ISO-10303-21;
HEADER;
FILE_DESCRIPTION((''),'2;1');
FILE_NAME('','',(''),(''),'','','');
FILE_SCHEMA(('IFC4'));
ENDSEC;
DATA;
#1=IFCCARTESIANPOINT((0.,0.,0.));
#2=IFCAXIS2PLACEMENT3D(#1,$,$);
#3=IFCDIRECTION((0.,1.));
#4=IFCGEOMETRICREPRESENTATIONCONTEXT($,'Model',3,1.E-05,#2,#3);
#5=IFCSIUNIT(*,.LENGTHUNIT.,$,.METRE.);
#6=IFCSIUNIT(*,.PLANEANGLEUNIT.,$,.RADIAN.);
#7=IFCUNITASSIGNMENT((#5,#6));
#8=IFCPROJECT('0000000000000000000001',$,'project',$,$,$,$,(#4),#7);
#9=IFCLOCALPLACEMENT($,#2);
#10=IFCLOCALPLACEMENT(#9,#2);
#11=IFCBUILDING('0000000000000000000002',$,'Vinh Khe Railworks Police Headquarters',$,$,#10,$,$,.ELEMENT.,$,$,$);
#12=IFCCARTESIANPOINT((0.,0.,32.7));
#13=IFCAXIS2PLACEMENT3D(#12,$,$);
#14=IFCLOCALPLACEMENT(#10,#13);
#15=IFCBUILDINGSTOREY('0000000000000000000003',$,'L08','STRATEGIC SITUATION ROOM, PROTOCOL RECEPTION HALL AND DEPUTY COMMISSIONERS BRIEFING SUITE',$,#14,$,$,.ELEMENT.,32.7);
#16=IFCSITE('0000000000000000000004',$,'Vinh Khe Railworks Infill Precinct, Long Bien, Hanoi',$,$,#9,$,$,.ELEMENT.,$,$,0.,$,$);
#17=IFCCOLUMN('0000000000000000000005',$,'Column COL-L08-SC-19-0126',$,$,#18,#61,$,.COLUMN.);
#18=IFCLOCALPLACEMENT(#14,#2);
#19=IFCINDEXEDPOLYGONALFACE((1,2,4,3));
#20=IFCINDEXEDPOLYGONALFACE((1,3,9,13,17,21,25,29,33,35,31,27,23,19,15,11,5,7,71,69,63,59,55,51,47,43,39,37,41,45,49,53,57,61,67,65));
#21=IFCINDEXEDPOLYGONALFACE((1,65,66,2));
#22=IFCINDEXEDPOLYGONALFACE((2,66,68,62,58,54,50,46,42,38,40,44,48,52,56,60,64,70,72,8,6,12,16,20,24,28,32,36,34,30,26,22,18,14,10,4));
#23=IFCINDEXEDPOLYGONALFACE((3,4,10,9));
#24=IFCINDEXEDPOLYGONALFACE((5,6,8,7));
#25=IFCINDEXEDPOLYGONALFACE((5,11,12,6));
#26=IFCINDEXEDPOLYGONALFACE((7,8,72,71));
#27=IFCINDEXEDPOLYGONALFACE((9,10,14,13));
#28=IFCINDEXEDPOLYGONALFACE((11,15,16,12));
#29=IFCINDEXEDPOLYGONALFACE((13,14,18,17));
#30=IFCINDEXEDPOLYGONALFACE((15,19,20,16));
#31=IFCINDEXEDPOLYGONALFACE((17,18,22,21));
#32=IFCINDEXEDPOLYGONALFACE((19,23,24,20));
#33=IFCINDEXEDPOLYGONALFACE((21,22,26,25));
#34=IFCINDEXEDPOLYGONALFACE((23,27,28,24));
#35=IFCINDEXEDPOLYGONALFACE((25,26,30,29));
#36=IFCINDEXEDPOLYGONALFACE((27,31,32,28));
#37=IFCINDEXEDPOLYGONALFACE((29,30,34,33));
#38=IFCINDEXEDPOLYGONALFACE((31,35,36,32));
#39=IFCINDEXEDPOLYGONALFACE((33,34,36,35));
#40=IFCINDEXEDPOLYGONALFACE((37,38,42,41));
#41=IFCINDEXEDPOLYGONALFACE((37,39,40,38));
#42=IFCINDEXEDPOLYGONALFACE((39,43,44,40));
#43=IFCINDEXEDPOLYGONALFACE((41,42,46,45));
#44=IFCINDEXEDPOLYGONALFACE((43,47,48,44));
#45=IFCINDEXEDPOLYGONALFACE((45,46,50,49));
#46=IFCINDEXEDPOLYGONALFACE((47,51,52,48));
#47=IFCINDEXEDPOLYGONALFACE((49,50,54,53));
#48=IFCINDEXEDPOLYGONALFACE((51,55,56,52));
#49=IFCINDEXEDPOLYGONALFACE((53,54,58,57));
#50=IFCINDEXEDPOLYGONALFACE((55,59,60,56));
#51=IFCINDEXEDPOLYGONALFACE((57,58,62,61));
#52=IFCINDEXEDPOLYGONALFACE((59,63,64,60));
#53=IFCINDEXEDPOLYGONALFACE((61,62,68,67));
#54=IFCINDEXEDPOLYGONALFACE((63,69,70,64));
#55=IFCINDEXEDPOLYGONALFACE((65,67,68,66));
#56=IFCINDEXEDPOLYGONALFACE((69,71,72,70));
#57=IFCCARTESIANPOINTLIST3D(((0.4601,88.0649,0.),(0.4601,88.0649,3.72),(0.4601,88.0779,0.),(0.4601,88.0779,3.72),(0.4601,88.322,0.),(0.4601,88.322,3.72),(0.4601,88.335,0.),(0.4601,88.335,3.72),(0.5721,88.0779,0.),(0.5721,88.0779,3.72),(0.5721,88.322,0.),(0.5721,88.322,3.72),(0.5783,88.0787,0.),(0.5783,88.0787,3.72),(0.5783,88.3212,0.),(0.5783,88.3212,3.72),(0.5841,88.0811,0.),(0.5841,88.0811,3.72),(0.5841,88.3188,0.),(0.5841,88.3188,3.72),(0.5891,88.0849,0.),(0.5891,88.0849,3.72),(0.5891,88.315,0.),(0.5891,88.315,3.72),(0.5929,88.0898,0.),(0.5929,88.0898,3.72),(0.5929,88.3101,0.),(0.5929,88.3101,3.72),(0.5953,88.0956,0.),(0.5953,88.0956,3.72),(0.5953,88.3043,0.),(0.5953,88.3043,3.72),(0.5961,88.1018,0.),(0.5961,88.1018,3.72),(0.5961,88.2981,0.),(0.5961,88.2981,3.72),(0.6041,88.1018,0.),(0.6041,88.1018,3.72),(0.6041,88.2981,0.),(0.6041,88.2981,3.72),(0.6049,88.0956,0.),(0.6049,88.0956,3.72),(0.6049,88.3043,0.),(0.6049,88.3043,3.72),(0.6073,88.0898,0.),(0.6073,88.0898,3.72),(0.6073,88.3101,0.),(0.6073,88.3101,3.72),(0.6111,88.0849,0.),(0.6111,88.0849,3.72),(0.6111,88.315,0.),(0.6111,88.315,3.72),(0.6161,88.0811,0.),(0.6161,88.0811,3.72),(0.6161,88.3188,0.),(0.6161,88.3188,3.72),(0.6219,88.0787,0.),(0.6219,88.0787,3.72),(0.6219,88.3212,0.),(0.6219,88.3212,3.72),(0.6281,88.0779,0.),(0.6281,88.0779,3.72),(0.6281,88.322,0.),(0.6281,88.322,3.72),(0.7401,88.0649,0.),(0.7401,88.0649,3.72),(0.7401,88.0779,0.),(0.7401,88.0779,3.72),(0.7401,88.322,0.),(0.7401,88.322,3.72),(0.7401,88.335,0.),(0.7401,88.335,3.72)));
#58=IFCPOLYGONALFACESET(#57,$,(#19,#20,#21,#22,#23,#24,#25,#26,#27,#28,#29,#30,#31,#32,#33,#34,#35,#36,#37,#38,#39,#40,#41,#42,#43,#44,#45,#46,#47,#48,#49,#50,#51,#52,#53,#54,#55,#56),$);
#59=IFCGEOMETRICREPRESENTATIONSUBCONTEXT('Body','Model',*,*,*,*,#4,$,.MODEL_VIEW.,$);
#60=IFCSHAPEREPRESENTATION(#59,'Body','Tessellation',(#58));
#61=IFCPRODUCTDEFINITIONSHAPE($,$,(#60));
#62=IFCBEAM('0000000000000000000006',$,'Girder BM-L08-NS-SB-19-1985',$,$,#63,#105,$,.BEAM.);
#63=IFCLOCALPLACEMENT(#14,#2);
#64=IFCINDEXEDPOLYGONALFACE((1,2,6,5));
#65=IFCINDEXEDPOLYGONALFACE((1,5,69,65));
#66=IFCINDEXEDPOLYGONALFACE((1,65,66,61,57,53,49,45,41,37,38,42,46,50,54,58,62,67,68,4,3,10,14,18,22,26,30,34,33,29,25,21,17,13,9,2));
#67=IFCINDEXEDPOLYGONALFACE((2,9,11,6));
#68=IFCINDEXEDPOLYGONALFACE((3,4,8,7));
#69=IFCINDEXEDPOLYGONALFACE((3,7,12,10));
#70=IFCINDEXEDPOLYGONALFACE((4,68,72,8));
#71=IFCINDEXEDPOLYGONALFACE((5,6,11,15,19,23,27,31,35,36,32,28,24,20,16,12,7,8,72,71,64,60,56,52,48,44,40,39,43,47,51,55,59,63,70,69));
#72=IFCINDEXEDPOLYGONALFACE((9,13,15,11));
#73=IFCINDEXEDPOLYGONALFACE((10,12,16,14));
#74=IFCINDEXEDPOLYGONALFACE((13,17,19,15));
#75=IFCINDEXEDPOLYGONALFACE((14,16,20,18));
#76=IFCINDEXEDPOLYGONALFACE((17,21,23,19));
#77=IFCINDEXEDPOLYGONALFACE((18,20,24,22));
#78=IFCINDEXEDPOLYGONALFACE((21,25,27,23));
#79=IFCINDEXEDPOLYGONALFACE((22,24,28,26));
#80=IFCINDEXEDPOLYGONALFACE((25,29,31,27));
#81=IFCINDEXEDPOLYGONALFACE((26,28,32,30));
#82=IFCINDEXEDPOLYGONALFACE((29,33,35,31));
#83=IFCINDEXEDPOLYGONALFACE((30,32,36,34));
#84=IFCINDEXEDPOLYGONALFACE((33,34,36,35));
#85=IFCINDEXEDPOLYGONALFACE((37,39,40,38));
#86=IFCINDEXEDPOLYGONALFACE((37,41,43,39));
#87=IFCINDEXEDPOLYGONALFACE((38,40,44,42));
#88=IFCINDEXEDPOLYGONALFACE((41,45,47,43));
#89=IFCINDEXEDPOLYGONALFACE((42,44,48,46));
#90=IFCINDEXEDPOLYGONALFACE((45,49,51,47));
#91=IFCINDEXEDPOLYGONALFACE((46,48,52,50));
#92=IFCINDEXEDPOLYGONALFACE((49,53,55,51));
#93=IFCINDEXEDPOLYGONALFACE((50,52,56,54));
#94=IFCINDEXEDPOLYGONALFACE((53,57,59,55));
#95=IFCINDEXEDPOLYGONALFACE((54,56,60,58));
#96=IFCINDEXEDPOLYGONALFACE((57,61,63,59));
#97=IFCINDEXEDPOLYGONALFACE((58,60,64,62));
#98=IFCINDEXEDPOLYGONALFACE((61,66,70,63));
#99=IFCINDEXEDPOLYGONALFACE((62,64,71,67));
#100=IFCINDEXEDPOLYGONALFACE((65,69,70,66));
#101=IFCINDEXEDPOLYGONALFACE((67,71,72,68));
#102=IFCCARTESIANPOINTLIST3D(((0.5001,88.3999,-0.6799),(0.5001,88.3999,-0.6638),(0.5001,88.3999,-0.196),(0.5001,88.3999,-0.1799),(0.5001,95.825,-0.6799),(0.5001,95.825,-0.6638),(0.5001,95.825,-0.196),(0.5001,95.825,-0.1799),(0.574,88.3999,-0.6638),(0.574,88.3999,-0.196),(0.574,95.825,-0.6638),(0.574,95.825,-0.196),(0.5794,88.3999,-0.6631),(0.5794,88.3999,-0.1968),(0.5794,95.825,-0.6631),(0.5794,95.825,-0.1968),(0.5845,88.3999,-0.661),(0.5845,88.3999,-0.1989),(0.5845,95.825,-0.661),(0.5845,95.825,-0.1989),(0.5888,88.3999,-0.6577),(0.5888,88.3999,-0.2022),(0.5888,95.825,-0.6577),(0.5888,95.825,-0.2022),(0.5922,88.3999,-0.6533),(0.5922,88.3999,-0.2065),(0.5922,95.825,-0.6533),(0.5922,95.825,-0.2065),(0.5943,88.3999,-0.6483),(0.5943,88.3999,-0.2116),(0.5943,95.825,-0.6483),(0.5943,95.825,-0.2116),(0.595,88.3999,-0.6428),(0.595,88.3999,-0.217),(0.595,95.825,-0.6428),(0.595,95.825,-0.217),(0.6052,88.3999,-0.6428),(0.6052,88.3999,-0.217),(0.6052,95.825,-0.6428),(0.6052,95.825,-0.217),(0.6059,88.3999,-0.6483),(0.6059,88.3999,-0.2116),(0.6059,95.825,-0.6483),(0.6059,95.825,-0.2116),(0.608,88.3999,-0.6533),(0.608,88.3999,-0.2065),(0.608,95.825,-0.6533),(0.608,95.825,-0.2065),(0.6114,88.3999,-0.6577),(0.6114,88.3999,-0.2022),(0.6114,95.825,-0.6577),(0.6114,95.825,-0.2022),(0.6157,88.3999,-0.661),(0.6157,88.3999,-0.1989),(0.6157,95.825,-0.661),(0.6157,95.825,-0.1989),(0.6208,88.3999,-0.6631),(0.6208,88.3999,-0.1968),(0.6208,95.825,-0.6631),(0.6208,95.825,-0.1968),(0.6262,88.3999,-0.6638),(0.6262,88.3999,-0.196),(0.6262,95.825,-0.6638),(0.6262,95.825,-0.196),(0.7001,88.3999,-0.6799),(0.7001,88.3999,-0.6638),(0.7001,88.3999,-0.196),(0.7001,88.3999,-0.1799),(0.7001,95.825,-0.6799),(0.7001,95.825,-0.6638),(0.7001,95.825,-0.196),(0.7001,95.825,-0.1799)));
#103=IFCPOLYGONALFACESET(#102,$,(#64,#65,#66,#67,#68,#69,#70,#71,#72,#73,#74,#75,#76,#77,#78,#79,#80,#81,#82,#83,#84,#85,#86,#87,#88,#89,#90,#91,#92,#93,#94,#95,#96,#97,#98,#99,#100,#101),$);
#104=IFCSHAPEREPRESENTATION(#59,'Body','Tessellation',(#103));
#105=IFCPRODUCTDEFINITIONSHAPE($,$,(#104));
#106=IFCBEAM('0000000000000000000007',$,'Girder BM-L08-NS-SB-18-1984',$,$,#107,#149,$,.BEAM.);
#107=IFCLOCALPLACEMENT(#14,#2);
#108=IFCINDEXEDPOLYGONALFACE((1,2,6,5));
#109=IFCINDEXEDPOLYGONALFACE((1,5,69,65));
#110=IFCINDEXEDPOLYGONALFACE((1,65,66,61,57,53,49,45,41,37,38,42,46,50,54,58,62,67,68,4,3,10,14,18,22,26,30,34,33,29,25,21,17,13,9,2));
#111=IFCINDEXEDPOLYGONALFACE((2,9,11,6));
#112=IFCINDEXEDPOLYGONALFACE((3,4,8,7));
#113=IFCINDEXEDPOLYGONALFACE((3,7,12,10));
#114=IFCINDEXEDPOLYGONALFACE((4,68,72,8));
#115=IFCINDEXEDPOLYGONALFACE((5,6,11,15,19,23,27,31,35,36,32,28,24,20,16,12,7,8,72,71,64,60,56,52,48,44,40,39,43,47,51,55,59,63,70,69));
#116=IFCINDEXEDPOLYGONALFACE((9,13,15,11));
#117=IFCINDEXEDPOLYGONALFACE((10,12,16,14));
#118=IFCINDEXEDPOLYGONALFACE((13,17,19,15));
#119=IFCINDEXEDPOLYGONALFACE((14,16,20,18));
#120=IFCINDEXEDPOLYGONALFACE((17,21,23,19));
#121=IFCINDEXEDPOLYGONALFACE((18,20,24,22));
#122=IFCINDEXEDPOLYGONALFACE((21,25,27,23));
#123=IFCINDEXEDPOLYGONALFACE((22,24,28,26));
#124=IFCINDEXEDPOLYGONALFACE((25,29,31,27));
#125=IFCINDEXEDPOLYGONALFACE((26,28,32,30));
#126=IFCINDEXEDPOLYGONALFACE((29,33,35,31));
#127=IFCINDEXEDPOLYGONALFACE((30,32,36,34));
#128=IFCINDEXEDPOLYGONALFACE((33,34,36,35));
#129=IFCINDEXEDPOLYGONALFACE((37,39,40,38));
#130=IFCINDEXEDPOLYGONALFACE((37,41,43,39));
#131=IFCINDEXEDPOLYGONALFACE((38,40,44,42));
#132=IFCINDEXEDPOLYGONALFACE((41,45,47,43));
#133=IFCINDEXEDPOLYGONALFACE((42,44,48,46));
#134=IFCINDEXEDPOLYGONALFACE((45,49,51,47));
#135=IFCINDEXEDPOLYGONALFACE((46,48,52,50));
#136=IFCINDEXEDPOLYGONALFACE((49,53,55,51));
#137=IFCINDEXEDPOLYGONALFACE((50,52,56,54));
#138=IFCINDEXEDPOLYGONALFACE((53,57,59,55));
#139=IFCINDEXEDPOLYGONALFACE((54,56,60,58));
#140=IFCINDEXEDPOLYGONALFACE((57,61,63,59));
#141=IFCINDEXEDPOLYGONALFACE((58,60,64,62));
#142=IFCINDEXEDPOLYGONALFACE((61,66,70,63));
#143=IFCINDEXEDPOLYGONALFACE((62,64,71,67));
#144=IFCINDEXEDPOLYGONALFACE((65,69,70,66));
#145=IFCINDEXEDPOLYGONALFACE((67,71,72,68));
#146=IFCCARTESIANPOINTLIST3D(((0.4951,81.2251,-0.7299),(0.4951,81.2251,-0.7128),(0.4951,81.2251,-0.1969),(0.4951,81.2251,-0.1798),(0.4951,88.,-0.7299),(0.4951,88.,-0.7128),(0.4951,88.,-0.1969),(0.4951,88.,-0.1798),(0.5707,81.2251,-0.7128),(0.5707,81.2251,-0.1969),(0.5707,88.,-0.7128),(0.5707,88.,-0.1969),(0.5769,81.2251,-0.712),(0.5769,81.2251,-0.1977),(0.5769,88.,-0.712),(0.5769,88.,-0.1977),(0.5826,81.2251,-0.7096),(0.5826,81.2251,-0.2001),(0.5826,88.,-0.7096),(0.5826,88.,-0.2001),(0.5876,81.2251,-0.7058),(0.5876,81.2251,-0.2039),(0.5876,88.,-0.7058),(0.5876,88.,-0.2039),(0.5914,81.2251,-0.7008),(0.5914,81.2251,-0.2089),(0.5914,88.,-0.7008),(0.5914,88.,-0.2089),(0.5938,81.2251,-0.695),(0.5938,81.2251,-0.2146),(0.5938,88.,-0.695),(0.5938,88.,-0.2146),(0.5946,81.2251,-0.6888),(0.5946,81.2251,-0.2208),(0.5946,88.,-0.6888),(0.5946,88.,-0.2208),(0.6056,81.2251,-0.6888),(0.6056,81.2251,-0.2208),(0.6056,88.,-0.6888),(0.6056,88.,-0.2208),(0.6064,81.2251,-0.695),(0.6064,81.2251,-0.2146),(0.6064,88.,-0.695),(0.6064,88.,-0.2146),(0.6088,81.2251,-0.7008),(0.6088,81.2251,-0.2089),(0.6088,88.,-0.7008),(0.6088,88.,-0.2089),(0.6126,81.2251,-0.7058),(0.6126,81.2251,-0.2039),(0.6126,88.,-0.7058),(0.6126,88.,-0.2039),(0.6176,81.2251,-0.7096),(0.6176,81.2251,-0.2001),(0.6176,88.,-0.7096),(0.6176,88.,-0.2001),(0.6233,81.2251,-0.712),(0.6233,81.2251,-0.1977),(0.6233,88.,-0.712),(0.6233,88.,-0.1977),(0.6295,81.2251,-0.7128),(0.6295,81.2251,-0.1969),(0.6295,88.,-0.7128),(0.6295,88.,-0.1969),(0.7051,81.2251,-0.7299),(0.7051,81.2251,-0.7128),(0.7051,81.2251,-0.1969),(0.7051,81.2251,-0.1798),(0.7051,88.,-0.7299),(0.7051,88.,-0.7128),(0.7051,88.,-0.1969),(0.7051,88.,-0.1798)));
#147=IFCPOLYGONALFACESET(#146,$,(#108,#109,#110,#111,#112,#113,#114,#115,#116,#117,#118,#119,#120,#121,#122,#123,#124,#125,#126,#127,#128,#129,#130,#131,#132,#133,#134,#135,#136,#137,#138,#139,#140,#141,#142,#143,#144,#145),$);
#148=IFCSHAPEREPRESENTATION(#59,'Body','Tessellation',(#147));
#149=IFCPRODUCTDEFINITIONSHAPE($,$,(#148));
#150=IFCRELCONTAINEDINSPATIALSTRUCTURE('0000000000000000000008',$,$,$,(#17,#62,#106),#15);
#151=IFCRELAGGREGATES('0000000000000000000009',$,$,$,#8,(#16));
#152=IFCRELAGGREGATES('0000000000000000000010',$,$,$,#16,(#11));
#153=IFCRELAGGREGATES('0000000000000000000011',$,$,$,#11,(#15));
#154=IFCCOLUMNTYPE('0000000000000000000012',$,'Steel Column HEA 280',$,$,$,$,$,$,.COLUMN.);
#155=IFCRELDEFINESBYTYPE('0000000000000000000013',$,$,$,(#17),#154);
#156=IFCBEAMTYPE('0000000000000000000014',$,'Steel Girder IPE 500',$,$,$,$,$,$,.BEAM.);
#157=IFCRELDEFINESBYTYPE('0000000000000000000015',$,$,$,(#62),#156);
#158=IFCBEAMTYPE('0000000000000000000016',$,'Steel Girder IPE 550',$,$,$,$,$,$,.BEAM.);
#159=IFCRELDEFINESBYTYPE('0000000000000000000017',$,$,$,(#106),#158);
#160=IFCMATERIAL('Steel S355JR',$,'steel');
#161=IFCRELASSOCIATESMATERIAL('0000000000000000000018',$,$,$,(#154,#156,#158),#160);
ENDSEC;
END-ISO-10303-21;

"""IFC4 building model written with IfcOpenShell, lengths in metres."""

from ifc_helpers import new_model, si_unit, direction, frame, origin, origin_2d, place, context, subcontext, project, spatial, i_section, extrude, material, material_profile, profile_set, type_object, element, save


model = new_model("IFC4")

# Units and contexts
model_context = context("Model", 3, precision=1e-05, world=origin(), true_north=direction((0.0, 1.0)))
body_context = subcontext(model_context, "Body", "Model", "MODEL_VIEW")
ifc_project = project(units=[si_unit("LENGTHUNIT", "METRE"), si_unit("PLANEANGLEUNIT", "RADIAN")], contexts=[model_context])

# Site, building, storey
site_placement = place(None, origin())
site = spatial("IfcSite", under=ifc_project, at=site_placement, Name="Vinh Khe Railworks Infill Precinct, Long Bien, Hanoi", CompositionType="ELEMENT", RefElevation=0.0)
building_placement = place(site_placement, origin())
building = spatial("IfcBuilding", under=site, at=building_placement, Name="Vinh Khe Railworks Police Headquarters", CompositionType="ELEMENT")
storey_placement = place(building_placement, frame((0.0, 0.0, 32.7)))
storey = spatial("IfcBuildingStorey", under=building, at=storey_placement, Name="L08", Description="STRATEGIC SITUATION ROOM, PROTOCOL RECEPTION HALL AND DEPUTY COMMISSIONERS BRIEFING SUITE", CompositionType="ELEMENT", Elevation=32.7)

# Column
ifc_material_1 = material(Name="Steel S355JR", Category="steel")
ifc_material_profile_1 = material_profile(ifc_material_1, i_section(OverallWidth=0.28, OverallDepth=0.27, WebThickness=0.0081, FlangeThickness=0.0129, FilletRadius=0.0239, at=origin_2d()), Name="HEA 280")
ifc_profile_set_1 = profile_set([ifc_material_profile_1], Name="Steel S355JR")
column_type = type_object("IfcColumnType", Name="Steel Column HEA 280", PredefinedType="COLUMN", material=ifc_profile_set_1)
column_placement = place(storey_placement, frame((0.6001, 88.2, 0.0), z_axis=(0.0, 0.0, 1.0), x_axis=(1.0, 0.0, 0.0)))
element("IfcColumn", 1, at=column_placement, inside=storey, type_object=column_type, Name="Column COL-L08-SC-19-0126", PredefinedType="COLUMN", context=body_context, shape_type="SweptSolid", body=[
    extrude(i_section(OverallWidth=0.28, OverallDepth=0.27, WebThickness=0.0081, FlangeThickness=0.0129, FilletRadius=0.0239, at=origin_2d()), origin(), (0.0, 0.0, 1.0), 3.72),
])

# Beams
ifc_material_profile_2 = material_profile(ifc_material_1, i_section(OverallWidth=0.2, OverallDepth=0.5, WebThickness=0.0103, FlangeThickness=0.0161, FilletRadius=0.021, at=origin_2d()), Name="IPE 500")
ifc_profile_set_2 = profile_set([ifc_material_profile_2], Name="Steel S355JR")
beam_type_1 = type_object("IfcBeamType", Name="Steel Girder IPE 500", PredefinedType="BEAM", material=ifc_profile_set_2)
beam_1_placement = place(storey_placement, frame((0.6001, 88.3999, -0.4299), z_axis=(0.0, 1.0, 0.0), x_axis=(-1.0, 0.0, 0.0)))
element("IfcBeam", 2, at=beam_1_placement, inside=storey, type_object=beam_type_1, Name="Girder BM-L08-NS-SB-19-1985", PredefinedType="BEAM", context=body_context, shape_type="SweptSolid", body=[
    extrude(i_section(OverallWidth=0.2, OverallDepth=0.5, WebThickness=0.0103, FlangeThickness=0.0161, FilletRadius=0.021, at=origin_2d()), origin(), (0.0, 0.0, 1.0), 7.425),
])
ifc_material_profile_3 = material_profile(ifc_material_1, i_section(OverallWidth=0.21, OverallDepth=0.55, WebThickness=0.011, FlangeThickness=0.0171, FilletRadius=0.0239, at=origin_2d()), Name="IPE 550")
ifc_profile_set_3 = profile_set([ifc_material_profile_3], Name="Steel S355JR")
beam_type_2 = type_object("IfcBeamType", Name="Steel Girder IPE 550", PredefinedType="BEAM", material=ifc_profile_set_3)
beam_2_placement = place(storey_placement, frame((0.6001, 81.2251, -0.4548), z_axis=(0.0, 1.0, 0.0), x_axis=(-1.0, 0.0, 0.0)))
element("IfcBeam", 3, at=beam_2_placement, inside=storey, type_object=beam_type_2, Name="Girder BM-L08-NS-SB-18-1984", PredefinedType="BEAM", context=body_context, shape_type="SweptSolid", body=[
    extrude(i_section(OverallWidth=0.21, OverallDepth=0.55, WebThickness=0.011, FlangeThickness=0.0171, FilletRadius=0.0239, at=origin_2d()), origin(), (0.0, 0.0, 1.0), 6.7749),
])

save(model, "model.ifc")
